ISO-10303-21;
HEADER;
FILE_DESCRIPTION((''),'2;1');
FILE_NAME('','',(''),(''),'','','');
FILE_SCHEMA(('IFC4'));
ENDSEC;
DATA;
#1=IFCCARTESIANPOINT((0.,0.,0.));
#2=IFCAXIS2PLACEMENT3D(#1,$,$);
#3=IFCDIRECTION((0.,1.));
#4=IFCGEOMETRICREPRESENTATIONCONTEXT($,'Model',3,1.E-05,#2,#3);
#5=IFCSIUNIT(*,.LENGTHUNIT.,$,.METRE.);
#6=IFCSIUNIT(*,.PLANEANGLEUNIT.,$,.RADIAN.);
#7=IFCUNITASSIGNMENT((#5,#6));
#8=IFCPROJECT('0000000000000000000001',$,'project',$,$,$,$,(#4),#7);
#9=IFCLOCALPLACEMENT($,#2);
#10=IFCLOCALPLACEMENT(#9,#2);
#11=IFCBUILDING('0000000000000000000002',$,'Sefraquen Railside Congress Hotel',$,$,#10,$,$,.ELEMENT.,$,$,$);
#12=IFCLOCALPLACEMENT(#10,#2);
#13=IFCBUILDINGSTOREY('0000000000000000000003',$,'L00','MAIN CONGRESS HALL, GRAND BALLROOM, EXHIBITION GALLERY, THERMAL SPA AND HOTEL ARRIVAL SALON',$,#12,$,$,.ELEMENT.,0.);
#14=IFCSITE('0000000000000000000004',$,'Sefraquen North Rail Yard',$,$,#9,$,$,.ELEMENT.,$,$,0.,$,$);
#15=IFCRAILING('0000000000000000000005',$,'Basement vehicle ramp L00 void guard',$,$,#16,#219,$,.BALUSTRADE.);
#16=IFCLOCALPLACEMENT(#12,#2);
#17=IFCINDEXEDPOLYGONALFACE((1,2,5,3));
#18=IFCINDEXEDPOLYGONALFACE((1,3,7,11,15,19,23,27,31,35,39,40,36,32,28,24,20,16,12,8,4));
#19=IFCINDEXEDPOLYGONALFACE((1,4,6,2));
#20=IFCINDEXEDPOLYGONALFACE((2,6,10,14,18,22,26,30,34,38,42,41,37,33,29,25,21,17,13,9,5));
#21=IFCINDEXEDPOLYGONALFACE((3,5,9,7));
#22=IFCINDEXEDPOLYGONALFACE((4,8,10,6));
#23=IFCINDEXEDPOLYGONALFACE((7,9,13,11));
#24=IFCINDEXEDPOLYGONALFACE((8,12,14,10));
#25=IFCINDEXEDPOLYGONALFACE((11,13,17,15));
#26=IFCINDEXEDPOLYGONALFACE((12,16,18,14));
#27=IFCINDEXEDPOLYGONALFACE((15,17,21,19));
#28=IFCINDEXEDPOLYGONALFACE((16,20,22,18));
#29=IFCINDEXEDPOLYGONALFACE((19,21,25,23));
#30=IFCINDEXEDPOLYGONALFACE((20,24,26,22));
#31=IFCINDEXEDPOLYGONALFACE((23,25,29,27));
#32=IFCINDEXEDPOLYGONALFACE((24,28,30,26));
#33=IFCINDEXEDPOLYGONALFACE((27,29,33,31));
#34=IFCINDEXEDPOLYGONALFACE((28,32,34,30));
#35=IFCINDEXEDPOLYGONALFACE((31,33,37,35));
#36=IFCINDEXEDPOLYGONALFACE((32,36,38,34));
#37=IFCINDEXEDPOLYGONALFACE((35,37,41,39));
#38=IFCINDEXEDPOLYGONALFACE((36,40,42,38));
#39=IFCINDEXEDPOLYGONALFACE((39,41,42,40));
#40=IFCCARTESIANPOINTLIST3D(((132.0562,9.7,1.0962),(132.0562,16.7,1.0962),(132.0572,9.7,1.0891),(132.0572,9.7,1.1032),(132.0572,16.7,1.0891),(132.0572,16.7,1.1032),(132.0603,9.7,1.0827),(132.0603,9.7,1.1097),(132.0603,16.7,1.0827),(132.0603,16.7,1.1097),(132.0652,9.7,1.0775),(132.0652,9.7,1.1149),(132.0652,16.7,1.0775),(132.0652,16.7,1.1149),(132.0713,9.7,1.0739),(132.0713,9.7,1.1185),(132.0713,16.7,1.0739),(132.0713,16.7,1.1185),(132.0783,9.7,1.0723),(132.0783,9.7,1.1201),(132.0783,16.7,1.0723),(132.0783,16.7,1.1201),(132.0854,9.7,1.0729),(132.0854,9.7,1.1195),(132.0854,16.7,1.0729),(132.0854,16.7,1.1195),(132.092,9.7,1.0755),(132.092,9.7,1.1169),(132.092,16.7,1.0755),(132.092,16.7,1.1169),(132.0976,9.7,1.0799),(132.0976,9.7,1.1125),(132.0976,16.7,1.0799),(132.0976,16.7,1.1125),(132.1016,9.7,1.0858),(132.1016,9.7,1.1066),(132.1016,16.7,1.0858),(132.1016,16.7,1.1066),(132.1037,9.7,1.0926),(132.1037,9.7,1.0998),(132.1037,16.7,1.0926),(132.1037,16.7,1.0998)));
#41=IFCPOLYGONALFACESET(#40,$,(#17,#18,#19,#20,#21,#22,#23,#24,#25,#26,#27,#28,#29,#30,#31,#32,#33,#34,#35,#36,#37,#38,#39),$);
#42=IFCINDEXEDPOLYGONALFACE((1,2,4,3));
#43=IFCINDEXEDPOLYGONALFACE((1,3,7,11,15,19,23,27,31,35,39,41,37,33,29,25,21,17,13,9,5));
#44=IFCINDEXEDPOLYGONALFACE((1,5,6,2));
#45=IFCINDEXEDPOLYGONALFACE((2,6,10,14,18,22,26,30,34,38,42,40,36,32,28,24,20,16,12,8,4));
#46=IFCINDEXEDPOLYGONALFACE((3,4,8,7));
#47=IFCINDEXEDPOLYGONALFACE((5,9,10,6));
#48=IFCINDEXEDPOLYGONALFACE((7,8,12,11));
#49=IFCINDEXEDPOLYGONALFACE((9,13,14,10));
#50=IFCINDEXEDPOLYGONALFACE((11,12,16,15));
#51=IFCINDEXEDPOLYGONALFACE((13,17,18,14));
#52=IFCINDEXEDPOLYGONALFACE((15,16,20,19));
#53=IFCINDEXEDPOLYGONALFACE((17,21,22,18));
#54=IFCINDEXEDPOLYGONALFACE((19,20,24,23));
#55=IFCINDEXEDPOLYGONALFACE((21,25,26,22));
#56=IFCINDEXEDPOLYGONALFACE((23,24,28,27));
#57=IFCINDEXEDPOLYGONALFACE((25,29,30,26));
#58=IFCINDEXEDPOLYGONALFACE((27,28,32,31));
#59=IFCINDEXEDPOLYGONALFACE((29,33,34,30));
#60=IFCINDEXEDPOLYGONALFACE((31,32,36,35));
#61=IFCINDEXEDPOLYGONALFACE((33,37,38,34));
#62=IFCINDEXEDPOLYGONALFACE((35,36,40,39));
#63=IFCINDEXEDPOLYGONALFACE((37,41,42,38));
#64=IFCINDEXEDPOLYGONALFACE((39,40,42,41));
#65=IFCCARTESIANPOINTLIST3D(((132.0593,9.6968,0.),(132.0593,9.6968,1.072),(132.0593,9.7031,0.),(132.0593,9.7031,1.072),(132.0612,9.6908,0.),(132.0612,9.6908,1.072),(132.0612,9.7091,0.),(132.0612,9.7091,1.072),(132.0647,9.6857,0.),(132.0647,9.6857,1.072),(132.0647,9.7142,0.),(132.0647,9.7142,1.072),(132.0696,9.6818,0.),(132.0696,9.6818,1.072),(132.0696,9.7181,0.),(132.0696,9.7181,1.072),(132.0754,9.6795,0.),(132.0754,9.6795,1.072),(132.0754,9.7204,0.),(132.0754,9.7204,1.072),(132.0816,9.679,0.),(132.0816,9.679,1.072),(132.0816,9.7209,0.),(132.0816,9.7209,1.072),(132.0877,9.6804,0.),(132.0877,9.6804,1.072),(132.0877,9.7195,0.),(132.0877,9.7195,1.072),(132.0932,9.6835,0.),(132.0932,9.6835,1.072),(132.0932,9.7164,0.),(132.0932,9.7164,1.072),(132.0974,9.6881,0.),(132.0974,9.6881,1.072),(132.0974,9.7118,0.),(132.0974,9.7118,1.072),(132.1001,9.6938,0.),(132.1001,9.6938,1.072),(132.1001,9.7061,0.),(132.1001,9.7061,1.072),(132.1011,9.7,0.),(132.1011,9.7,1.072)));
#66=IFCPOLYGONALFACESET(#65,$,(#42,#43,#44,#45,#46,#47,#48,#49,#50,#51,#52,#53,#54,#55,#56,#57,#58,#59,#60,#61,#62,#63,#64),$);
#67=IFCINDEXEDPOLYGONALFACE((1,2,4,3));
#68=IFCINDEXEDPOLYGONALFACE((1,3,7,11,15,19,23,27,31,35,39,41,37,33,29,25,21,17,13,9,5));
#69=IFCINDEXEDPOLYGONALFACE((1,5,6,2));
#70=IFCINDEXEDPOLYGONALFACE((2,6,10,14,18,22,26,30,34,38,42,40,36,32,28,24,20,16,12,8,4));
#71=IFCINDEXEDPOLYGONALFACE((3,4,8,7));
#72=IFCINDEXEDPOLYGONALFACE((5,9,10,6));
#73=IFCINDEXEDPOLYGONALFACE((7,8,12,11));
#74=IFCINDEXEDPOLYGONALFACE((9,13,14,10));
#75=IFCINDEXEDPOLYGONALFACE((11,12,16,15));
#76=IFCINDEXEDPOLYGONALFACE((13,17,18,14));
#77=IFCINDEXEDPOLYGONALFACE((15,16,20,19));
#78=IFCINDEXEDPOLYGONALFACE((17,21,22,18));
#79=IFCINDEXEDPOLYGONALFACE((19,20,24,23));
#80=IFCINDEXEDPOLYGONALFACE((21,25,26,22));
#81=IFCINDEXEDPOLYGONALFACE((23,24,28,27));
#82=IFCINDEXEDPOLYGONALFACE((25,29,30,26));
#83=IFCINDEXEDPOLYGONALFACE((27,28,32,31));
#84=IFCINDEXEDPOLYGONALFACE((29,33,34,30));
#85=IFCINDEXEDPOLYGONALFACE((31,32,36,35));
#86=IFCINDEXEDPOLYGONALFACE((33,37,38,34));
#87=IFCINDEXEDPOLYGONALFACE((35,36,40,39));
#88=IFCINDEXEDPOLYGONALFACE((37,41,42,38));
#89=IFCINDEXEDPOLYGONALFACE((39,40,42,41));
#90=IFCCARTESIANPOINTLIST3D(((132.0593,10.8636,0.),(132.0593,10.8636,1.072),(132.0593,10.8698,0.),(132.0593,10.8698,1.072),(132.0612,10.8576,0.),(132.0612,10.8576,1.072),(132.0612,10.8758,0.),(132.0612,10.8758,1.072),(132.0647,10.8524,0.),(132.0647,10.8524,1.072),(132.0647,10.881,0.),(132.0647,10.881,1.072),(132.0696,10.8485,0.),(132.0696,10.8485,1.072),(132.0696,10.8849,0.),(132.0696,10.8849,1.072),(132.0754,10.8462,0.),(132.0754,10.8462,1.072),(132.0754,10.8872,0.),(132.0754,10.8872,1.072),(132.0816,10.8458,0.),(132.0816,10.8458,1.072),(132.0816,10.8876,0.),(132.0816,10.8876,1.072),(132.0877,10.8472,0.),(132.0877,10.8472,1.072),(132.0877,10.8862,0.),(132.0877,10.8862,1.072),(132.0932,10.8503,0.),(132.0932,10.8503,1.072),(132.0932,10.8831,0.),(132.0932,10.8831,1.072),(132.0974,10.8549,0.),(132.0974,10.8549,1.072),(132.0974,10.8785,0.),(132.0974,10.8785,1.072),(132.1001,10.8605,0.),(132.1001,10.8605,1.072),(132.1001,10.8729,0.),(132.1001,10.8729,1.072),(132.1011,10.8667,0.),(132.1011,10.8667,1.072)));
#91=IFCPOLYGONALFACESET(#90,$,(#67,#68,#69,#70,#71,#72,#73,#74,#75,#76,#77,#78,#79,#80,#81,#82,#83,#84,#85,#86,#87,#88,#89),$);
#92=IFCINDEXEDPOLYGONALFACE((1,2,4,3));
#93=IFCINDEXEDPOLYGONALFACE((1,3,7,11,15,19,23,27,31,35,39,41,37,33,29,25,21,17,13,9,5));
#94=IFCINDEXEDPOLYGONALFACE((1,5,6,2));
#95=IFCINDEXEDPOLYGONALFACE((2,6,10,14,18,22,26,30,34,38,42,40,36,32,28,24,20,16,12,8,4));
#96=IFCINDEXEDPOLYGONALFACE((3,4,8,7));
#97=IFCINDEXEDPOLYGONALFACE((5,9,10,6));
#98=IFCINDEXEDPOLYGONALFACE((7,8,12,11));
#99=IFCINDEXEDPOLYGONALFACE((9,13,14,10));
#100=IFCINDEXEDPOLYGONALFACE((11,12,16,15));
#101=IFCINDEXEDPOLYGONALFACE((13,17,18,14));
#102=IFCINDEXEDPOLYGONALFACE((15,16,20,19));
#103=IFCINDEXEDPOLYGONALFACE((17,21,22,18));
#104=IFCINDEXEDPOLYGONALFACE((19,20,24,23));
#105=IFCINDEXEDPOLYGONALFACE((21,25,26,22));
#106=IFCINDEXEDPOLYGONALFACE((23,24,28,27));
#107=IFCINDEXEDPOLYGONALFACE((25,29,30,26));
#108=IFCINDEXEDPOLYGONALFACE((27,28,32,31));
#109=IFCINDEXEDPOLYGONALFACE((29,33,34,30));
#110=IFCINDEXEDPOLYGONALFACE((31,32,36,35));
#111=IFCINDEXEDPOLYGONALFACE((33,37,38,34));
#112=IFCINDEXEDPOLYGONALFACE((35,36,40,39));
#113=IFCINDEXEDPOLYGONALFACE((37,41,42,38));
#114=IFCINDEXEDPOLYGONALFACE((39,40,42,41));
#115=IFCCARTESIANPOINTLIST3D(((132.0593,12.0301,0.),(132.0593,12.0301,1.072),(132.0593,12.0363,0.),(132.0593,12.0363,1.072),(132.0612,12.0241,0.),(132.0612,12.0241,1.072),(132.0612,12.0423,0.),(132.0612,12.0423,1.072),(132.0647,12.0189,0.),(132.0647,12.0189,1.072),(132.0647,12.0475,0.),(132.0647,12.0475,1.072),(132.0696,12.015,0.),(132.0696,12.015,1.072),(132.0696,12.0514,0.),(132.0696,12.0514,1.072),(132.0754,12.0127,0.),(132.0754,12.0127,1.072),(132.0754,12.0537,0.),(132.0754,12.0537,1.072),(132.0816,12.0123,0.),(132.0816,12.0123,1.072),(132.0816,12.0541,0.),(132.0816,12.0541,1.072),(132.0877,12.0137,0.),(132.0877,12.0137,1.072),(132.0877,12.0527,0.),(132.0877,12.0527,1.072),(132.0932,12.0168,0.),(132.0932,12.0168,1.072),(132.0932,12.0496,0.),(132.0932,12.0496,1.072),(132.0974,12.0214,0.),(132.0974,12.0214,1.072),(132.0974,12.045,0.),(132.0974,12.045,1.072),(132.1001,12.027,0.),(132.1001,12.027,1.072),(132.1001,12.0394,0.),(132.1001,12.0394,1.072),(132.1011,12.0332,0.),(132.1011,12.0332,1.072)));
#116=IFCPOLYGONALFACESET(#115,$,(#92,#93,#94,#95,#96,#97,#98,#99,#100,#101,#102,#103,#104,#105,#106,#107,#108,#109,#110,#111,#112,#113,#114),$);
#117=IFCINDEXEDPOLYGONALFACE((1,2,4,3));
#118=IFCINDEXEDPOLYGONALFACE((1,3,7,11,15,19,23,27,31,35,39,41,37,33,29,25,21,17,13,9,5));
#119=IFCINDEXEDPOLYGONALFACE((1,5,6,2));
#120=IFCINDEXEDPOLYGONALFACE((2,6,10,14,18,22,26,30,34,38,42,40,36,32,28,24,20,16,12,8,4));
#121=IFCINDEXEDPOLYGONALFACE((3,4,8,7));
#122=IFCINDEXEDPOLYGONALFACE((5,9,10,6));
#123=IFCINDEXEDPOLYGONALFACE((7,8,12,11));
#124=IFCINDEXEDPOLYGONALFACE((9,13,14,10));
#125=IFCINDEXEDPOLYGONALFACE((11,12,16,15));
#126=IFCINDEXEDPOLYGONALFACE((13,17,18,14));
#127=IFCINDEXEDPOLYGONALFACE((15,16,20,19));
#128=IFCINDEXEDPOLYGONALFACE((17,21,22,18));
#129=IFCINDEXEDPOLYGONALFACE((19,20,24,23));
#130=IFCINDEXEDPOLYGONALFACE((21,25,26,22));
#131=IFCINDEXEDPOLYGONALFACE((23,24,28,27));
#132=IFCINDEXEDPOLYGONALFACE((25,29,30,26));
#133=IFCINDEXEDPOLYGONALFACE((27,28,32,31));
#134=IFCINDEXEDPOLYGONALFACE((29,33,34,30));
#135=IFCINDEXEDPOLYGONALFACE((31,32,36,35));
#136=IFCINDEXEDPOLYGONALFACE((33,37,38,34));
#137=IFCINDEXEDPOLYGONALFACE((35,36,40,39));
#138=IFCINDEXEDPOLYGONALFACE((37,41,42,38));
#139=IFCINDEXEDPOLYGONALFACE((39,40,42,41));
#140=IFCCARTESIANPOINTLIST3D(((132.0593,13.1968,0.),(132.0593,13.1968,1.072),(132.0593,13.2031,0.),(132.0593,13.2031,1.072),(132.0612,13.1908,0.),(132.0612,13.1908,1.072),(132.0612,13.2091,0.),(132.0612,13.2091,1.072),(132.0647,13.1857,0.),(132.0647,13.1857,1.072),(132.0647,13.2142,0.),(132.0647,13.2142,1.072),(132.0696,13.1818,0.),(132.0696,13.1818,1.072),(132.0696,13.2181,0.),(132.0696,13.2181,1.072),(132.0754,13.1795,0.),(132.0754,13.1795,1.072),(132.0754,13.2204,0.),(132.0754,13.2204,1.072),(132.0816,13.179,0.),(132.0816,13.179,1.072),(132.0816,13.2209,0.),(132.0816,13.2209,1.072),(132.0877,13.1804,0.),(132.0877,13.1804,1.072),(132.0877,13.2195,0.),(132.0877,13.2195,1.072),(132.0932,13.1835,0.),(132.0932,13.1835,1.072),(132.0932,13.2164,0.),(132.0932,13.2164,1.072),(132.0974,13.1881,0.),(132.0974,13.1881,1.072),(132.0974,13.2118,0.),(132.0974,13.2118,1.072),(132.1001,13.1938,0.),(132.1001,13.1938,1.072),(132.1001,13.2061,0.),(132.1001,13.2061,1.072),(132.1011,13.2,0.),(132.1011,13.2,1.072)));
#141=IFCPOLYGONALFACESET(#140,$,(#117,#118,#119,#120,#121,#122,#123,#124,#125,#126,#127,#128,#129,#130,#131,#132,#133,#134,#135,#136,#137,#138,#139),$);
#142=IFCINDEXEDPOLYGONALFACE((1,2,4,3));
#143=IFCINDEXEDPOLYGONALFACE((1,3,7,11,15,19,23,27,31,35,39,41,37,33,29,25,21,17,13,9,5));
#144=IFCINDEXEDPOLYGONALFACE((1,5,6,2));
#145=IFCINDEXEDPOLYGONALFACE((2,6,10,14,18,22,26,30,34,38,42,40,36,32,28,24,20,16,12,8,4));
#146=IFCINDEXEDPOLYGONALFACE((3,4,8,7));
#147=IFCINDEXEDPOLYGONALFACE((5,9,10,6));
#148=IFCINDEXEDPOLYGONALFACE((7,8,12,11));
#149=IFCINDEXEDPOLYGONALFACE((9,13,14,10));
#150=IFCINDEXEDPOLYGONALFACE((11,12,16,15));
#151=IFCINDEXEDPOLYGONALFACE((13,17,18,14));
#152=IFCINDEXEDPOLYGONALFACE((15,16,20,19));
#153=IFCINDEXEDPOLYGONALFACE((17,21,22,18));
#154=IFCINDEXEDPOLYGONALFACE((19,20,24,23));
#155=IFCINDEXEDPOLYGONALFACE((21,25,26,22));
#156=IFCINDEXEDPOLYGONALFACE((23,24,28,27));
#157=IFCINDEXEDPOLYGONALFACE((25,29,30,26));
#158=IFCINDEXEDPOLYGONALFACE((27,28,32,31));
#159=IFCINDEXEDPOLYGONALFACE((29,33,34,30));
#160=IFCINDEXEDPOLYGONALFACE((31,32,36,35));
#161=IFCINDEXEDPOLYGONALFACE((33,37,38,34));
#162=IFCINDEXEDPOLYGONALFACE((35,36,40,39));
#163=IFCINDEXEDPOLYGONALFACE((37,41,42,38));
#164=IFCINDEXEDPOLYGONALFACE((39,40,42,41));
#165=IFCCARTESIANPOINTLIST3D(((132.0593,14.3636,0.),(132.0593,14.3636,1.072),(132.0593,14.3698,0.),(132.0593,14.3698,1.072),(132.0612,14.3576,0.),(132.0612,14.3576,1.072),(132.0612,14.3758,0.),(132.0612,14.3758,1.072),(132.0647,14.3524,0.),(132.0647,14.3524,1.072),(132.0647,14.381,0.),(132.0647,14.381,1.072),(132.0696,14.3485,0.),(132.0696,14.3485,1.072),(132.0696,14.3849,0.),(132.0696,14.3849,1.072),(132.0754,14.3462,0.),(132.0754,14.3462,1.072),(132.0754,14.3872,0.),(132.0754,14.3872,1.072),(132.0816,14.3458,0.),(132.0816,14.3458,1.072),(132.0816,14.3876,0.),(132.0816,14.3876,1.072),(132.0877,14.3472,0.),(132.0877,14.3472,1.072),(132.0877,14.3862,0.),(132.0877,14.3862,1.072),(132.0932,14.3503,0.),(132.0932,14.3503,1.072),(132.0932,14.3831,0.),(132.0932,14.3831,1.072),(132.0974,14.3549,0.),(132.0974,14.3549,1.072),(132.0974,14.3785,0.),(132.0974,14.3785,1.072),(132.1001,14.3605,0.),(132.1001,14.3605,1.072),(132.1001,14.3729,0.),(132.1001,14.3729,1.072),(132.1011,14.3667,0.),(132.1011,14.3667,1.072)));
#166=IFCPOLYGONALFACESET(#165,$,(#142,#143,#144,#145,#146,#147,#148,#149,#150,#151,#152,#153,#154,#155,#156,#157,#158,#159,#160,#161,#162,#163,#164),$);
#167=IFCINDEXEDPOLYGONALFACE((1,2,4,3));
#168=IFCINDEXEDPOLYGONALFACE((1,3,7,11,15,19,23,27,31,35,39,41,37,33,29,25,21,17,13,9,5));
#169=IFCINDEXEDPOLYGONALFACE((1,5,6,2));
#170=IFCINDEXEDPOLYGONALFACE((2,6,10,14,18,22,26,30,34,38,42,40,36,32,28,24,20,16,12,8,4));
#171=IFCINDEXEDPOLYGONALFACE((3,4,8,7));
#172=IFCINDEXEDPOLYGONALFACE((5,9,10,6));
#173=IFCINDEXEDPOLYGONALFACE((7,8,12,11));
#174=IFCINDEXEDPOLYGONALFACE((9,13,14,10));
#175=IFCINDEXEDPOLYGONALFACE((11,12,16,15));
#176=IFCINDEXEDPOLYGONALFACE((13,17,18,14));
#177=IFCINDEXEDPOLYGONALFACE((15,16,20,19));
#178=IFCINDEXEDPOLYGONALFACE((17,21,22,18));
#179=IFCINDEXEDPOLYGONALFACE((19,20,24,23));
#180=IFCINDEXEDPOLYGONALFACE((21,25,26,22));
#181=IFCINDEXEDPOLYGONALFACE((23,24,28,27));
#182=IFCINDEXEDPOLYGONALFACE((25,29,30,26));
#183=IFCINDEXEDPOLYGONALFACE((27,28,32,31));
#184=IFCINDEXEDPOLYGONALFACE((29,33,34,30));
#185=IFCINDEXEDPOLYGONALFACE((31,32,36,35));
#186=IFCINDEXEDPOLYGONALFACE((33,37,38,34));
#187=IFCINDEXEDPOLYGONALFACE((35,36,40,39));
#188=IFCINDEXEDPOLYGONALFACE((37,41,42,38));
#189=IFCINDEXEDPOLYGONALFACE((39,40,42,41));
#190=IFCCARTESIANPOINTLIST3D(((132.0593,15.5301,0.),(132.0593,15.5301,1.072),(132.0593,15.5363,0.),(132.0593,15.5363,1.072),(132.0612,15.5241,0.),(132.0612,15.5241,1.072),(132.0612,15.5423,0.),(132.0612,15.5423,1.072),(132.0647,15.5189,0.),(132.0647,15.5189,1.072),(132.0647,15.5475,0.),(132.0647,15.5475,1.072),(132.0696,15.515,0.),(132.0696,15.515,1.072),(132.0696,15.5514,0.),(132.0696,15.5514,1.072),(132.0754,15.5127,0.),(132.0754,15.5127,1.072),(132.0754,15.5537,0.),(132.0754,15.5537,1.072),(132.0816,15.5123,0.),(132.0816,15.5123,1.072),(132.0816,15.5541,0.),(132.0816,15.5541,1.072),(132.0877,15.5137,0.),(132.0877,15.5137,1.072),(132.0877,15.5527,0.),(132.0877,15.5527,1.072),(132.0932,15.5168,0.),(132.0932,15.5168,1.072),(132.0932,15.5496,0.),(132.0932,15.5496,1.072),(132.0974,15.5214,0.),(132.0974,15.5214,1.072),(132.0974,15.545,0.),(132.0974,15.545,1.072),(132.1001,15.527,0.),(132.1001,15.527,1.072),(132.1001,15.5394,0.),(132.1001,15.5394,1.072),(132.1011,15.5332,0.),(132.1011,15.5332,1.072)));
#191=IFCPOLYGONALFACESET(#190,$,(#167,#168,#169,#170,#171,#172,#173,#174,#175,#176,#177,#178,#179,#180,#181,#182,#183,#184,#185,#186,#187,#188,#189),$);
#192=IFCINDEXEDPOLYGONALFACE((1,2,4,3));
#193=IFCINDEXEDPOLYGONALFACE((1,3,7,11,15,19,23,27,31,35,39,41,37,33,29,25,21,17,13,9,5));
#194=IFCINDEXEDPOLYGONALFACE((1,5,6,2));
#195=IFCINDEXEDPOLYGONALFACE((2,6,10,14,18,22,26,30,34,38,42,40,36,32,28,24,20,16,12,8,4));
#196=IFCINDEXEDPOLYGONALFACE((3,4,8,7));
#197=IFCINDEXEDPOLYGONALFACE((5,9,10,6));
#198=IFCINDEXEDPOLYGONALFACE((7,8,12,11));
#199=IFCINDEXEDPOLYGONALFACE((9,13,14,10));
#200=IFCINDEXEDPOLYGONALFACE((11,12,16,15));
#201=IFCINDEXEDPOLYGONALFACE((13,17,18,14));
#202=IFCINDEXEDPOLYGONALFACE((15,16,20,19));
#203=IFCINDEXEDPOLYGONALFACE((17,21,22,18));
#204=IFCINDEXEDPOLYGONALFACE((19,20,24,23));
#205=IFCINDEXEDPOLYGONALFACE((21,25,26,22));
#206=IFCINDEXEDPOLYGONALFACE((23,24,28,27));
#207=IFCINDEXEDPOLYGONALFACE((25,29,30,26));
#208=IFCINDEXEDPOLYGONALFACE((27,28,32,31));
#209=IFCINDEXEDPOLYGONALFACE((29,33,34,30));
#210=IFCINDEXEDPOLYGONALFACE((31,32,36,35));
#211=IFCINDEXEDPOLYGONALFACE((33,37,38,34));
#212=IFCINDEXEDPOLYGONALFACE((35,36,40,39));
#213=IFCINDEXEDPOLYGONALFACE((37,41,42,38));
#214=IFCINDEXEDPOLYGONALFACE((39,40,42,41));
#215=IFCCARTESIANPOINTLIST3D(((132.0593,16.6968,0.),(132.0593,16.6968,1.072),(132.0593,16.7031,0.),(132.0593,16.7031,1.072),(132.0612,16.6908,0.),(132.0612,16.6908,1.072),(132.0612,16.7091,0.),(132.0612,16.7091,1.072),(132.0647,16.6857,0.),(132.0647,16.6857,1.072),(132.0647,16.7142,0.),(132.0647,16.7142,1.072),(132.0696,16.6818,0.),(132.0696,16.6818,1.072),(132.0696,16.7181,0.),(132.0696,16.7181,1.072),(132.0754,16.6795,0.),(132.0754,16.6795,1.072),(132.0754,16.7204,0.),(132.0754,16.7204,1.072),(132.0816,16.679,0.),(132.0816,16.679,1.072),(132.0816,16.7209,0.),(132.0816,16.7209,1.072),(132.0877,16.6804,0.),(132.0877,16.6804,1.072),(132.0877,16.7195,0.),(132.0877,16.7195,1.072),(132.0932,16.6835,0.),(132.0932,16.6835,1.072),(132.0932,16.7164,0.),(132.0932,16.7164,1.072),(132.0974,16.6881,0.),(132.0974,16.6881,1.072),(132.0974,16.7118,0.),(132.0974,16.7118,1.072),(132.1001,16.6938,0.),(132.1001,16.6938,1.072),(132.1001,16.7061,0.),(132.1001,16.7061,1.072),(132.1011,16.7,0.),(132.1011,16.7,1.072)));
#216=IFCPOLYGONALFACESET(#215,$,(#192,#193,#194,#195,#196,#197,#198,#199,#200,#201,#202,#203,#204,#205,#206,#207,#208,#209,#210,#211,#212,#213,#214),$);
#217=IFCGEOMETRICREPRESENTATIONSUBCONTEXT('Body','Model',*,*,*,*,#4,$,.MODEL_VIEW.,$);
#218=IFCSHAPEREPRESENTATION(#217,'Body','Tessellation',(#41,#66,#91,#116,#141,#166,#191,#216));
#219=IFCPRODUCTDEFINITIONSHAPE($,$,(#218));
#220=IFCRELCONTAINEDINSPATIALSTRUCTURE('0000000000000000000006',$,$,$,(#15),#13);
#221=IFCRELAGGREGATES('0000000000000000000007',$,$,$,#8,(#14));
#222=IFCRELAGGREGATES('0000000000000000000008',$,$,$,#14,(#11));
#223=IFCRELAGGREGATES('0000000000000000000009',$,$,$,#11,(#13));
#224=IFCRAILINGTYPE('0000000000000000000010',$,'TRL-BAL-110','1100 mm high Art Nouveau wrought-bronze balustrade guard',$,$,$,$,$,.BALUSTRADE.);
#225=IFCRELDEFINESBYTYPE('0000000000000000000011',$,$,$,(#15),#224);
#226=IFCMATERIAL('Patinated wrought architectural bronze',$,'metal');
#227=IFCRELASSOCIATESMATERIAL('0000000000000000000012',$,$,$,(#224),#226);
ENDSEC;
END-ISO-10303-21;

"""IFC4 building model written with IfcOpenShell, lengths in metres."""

from ifc_helpers import new_model, si_unit, direction, frame, origin, origin_2d, place, context, subcontext, project, spatial, circle, extrude, material, type_object, element, save


model = new_model("IFC4")

# Units and contexts
model_context = context("Model", 3, precision=1e-05, world=origin(), true_north=direction((0.0, 1.0)))
body_context = subcontext(model_context, "Body", "Model", "MODEL_VIEW")
ifc_project = project(units=[si_unit("LENGTHUNIT", "METRE"), si_unit("PLANEANGLEUNIT", "RADIAN")], contexts=[model_context])

# Site, building, storey
site_placement = place(None, origin())
site = spatial("IfcSite", under=ifc_project, at=site_placement, Name="Sefraquen North Rail Yard", CompositionType="ELEMENT", RefElevation=0.0)
building_placement = place(site_placement, origin())
building = spatial("IfcBuilding", under=site, at=building_placement, Name="Sefraquen Railside Congress Hotel", CompositionType="ELEMENT")
storey_placement = place(building_placement, origin())
storey = spatial("IfcBuildingStorey", under=building, at=storey_placement, Name="L00", Description="MAIN CONGRESS HALL, GRAND BALLROOM, EXHIBITION GALLERY, THERMAL SPA AND HOTEL ARRIVAL SALON", CompositionType="ELEMENT", Elevation=0.0)

# Railing
ifc_material_1 = material(Name="Patinated wrought architectural bronze", Category="metal")
railing_type = type_object("IfcRailingType", Name="TRL-BAL-110", Description="1100 mm high Art Nouveau wrought-bronze balustrade guard", PredefinedType="BALUSTRADE", material=ifc_material_1)
railing_1_placement = place(storey_placement, frame((132.0801, 9.7, 0.0)))
element("IfcRailing", 1, at=railing_1_placement, inside=storey, type_object=railing_type, Name="Basement vehicle ramp L00 void guard", PredefinedType="BALUSTRADE", context=body_context, shape_type="SweptSolid", body=[
    extrude(circle(Radius=0.0239, at=origin_2d()), frame((0.0, 0.0, 1.0962), z_axis=(0.0, 1.0, 0.0), x_axis=(-1.0, 0.0, 0.0)), (0.0, 0.0, 1.0), 7.0),
    extrude(circle(Radius=0.021, at=origin_2d()), origin(), (0.0, 0.0, 1.0), 1.072),
    extrude(circle(Radius=0.021, at=origin_2d()), frame((0.0, 1.1667, 0.0)), (0.0, 0.0, 1.0), 1.072),
    extrude(circle(Radius=0.021, at=origin_2d()), frame((0.0, 2.3333, 0.0)), (0.0, 0.0, 1.0), 1.072),
    extrude(circle(Radius=0.021, at=origin_2d()), frame((0.0, 3.5, 0.0)), (0.0, 0.0, 1.0), 1.072),
    extrude(circle(Radius=0.021, at=origin_2d()), frame((0.0, 4.6667, 0.0)), (0.0, 0.0, 1.0), 1.072),
    extrude(circle(Radius=0.021, at=origin_2d()), frame((0.0, 5.8333, 0.0)), (0.0, 0.0, 1.0), 1.072),
    extrude(circle(Radius=0.021, at=origin_2d()), frame((0.0, 7.0, 0.0)), (0.0, 0.0, 1.0), 1.072),
])

save(model, "model.ifc")
